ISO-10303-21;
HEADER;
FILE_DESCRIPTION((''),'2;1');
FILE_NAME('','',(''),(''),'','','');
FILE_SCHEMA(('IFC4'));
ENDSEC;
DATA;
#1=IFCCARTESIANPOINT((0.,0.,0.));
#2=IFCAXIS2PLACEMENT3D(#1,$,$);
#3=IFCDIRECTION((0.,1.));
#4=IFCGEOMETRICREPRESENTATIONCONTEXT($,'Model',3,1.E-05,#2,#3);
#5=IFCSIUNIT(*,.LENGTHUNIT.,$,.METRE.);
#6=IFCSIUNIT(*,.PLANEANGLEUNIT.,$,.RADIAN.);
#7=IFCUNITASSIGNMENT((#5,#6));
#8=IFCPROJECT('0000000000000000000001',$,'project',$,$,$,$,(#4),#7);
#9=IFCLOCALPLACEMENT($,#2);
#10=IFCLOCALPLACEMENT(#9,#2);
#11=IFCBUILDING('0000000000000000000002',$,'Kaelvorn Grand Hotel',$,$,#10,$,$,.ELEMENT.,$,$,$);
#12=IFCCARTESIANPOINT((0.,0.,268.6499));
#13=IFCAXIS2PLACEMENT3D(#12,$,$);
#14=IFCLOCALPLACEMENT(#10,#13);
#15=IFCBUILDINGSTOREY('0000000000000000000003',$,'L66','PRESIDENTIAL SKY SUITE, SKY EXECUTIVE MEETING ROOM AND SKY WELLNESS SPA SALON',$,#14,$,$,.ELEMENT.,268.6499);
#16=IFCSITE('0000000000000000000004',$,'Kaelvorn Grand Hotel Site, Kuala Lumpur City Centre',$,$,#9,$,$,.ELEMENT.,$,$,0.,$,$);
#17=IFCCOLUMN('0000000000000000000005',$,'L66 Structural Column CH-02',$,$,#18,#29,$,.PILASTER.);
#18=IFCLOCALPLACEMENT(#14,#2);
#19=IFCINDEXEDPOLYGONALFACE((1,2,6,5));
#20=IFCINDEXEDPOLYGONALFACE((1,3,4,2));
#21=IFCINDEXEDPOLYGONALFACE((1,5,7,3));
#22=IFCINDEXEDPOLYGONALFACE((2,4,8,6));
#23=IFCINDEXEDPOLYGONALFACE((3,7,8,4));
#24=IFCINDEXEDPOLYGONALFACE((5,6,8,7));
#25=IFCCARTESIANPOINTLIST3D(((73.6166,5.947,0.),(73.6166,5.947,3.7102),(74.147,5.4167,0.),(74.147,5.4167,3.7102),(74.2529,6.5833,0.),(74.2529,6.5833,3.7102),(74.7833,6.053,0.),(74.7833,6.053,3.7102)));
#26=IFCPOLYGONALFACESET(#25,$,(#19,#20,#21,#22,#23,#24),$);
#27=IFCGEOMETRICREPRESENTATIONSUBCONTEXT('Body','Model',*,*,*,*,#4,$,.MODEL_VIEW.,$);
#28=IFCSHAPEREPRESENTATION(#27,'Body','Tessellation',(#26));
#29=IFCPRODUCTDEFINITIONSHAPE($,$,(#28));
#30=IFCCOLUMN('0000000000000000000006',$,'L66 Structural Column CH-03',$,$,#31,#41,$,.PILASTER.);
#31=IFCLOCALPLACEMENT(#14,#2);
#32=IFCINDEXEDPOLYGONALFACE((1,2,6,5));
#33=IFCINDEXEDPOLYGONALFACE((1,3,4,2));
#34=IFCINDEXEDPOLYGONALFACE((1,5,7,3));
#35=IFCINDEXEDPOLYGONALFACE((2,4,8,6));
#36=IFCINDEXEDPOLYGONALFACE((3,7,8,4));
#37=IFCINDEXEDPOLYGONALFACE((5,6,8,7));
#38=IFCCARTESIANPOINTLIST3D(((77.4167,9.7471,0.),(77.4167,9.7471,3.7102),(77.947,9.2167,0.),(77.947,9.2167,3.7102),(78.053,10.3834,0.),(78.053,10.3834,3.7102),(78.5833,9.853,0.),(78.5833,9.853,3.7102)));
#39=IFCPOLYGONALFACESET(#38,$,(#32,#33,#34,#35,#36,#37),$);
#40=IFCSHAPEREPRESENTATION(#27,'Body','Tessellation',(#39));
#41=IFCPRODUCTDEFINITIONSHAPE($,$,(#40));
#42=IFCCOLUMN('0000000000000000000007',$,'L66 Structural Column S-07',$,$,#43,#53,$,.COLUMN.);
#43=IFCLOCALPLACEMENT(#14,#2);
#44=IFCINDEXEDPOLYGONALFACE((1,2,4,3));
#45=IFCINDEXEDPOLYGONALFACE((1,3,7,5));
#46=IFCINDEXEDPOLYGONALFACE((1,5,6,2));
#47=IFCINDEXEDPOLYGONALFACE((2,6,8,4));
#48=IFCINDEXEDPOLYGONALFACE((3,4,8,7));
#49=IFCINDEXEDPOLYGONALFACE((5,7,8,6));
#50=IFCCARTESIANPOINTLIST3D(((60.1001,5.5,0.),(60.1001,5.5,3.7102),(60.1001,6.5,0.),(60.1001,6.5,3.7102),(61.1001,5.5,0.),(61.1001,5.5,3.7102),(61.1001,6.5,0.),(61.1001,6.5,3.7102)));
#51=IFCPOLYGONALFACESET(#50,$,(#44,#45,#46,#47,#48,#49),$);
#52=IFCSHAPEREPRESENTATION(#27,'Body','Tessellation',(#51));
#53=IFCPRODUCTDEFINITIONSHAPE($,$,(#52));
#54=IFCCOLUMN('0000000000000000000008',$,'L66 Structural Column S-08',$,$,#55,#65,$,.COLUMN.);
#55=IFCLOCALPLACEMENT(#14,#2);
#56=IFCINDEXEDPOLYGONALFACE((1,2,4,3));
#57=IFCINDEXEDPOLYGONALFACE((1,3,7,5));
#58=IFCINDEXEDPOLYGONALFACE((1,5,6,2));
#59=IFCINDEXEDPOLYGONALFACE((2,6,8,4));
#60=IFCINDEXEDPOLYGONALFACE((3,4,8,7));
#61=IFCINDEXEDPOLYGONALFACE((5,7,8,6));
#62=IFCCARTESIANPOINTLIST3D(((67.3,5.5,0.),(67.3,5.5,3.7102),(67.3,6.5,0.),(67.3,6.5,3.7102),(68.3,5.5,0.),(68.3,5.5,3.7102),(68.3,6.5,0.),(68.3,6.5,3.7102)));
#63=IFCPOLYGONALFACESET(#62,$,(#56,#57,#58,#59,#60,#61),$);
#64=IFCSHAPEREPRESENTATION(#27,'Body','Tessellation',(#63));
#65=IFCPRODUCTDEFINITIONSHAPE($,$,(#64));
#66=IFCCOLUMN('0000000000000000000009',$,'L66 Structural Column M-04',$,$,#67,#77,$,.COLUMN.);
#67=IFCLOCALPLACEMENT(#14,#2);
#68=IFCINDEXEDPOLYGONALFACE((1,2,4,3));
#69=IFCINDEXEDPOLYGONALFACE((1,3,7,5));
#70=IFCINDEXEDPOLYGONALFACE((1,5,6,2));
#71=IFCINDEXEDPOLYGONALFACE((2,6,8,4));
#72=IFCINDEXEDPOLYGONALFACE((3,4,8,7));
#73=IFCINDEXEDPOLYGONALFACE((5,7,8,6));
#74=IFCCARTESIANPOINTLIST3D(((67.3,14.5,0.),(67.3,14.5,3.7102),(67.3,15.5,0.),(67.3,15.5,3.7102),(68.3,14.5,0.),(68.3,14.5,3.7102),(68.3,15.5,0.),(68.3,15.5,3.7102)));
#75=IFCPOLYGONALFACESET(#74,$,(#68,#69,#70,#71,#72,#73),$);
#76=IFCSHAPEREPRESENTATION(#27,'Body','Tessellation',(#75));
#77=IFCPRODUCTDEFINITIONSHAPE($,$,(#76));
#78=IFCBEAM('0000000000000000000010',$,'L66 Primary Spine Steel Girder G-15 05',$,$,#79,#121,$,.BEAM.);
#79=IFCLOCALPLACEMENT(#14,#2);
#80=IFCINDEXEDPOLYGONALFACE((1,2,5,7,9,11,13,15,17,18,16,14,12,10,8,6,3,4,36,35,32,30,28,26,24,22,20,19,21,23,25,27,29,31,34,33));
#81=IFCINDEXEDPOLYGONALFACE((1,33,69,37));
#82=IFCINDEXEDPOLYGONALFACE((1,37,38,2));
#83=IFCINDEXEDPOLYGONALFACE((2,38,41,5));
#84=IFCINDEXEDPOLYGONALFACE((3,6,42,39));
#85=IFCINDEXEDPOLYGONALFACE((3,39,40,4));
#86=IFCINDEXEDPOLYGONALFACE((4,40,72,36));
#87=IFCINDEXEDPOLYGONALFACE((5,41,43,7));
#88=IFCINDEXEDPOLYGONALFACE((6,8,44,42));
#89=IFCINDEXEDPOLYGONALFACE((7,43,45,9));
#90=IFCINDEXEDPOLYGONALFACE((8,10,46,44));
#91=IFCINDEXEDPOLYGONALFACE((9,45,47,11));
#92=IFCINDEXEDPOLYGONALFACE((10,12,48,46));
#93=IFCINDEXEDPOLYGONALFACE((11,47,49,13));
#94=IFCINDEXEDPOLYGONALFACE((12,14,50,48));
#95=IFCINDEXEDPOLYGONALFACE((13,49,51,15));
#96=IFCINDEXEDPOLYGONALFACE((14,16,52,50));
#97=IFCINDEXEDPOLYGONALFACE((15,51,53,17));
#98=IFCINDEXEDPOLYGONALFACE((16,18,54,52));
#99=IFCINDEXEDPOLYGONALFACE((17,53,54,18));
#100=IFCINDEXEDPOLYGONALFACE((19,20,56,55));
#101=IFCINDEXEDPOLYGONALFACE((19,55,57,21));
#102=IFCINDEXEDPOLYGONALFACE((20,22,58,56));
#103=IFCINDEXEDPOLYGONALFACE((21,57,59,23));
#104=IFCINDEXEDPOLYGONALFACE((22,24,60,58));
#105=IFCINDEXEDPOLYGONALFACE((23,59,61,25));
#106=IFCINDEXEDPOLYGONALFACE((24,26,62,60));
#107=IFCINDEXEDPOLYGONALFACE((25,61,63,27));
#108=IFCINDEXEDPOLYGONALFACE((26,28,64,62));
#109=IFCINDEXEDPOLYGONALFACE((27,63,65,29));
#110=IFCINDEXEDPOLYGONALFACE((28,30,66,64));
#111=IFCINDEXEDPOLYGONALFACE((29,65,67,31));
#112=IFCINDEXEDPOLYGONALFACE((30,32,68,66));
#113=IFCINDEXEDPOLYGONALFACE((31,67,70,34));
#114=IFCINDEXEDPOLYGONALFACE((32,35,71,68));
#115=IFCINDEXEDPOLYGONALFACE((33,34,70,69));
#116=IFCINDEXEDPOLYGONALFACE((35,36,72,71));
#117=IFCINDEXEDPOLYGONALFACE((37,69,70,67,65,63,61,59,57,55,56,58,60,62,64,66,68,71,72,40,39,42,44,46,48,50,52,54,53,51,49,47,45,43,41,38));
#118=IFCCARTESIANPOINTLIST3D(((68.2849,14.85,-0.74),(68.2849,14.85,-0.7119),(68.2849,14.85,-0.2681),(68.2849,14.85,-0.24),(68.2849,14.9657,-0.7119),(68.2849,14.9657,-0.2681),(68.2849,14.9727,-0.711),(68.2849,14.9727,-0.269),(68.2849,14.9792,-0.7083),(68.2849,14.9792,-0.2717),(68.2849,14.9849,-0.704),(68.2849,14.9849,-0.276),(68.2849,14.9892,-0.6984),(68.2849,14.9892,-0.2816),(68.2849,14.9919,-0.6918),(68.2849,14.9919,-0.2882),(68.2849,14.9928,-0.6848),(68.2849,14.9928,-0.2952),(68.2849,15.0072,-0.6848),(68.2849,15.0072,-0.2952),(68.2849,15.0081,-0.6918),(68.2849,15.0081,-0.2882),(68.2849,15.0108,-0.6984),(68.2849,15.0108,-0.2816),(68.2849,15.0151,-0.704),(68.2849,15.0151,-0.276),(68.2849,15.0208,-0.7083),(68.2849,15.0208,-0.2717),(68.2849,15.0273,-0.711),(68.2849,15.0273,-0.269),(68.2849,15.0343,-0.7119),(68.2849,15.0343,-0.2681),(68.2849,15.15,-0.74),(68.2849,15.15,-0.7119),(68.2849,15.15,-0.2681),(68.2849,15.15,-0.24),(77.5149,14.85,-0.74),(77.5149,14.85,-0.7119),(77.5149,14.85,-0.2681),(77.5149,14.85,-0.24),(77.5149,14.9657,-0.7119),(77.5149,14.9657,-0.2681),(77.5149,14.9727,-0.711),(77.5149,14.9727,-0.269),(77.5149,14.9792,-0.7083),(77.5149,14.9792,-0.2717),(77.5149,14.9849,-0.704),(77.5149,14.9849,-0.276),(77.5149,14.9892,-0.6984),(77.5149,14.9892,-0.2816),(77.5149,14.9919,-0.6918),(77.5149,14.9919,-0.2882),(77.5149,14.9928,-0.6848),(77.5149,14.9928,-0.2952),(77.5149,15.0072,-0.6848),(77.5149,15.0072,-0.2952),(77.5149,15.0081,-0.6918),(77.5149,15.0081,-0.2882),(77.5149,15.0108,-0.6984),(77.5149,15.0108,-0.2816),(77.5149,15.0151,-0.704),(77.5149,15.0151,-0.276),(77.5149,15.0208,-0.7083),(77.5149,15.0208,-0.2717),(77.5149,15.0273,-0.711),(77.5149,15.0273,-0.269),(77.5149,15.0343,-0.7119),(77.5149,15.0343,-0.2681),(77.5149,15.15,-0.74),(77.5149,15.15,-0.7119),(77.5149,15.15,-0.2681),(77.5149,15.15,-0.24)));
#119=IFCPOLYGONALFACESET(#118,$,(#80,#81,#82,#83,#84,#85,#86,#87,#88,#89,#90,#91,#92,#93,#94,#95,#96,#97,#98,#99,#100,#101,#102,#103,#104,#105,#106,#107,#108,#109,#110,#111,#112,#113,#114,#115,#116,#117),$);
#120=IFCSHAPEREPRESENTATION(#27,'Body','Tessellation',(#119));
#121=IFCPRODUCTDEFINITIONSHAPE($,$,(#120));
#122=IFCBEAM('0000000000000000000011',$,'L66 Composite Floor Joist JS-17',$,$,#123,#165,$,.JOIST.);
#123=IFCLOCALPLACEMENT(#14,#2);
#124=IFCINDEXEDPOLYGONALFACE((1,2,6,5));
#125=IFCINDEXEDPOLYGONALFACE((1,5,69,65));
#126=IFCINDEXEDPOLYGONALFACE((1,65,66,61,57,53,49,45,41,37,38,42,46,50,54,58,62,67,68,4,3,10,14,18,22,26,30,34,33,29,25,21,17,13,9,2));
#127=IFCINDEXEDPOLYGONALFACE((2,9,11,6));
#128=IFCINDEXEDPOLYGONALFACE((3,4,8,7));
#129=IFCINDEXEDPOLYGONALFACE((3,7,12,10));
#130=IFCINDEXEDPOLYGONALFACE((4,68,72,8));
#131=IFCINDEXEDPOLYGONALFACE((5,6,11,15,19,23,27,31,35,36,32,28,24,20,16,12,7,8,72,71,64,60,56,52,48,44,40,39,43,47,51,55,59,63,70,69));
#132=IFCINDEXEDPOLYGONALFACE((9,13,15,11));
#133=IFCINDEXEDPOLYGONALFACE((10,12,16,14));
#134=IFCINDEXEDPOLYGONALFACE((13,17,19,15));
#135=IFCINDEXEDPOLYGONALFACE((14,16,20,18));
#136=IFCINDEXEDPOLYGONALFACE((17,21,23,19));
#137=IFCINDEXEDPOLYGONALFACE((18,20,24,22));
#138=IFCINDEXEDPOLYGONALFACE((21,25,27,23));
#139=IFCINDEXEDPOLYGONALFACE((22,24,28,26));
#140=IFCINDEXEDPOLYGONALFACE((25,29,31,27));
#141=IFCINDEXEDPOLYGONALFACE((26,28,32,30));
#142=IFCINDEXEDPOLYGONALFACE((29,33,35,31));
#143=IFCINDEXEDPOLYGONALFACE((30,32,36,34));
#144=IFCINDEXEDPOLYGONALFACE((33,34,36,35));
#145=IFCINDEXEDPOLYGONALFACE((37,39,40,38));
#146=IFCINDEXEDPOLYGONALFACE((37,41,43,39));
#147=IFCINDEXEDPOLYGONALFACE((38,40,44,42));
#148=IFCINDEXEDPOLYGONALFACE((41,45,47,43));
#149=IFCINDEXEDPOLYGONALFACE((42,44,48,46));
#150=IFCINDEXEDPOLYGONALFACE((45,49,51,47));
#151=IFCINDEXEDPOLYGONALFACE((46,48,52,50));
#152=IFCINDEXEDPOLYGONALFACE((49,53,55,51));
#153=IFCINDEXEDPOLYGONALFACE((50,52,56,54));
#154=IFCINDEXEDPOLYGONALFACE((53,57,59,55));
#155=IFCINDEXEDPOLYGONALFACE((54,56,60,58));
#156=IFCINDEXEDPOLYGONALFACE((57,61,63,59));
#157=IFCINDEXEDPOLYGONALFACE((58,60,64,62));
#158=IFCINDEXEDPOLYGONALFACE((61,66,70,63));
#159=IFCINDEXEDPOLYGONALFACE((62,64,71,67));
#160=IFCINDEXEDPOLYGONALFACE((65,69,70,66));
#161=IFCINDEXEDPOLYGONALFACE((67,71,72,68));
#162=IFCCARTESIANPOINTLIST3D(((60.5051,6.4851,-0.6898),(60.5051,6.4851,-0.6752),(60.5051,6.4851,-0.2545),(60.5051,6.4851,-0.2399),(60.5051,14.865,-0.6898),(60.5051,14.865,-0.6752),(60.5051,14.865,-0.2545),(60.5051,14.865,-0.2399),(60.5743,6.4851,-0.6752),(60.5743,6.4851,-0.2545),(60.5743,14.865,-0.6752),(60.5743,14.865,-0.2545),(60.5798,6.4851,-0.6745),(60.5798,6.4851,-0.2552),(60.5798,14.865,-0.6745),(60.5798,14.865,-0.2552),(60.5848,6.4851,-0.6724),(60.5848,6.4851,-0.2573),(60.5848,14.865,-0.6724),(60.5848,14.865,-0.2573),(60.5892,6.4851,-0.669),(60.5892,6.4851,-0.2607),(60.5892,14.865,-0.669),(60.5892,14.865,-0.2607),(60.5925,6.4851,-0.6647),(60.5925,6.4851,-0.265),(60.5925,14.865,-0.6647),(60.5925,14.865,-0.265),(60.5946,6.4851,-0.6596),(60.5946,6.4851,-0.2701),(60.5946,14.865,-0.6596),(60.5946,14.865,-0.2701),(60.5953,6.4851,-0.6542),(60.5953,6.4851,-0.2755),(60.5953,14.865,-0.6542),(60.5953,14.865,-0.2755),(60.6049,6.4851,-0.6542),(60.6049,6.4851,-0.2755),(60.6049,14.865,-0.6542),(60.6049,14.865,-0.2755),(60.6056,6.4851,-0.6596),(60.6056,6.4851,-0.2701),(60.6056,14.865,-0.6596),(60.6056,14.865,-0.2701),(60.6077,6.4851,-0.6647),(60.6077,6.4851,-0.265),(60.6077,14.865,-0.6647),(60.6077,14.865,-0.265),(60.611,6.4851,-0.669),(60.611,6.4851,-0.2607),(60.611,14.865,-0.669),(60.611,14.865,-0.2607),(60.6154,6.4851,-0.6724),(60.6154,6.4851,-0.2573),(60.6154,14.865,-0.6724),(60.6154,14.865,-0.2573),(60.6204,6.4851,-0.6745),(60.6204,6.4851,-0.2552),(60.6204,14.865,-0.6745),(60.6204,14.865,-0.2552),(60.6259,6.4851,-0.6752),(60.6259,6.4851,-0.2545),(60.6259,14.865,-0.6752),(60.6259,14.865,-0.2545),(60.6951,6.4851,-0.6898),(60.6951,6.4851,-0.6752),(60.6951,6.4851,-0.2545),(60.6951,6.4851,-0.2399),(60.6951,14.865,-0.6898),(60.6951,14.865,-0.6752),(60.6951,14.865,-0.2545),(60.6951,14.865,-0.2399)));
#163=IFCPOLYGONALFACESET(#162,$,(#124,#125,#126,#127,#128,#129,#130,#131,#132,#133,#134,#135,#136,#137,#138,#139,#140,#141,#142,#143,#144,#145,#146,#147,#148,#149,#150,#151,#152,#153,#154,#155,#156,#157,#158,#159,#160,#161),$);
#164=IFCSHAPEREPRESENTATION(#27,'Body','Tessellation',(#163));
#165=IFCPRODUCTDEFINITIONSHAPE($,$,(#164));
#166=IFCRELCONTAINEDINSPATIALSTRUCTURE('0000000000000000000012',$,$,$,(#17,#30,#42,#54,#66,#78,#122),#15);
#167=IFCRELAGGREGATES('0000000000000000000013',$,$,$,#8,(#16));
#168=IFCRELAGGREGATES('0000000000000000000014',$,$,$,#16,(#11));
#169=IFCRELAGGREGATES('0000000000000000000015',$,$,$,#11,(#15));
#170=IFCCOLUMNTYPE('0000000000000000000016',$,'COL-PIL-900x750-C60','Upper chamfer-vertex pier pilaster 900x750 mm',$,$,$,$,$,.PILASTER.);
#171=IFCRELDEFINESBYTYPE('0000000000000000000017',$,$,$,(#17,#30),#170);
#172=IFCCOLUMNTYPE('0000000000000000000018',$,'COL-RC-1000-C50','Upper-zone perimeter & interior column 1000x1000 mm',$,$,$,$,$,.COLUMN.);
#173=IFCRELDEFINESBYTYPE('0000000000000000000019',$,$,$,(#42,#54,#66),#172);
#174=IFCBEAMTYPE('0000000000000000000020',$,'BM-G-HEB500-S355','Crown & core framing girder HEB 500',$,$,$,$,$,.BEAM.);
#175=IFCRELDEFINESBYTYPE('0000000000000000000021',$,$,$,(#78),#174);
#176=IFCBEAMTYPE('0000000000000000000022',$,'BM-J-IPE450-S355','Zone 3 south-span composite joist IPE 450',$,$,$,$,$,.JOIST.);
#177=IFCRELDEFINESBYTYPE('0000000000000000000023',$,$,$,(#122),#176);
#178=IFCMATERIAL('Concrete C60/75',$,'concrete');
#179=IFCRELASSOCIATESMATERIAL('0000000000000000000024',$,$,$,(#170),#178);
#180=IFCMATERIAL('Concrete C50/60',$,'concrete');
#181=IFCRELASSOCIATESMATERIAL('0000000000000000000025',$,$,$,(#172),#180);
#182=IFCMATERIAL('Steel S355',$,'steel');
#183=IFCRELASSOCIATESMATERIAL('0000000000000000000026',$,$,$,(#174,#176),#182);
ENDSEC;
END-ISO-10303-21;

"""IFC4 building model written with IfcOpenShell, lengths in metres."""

from ifc_helpers import new_model, si_unit, direction, frame, origin, origin_2d, place, context, subcontext, project, spatial, rectangle, i_section, extrude, material, material_profile, profile_set, type_object, element, save


model = new_model("IFC4")

# Units and contexts
model_context = context("Model", 3, precision=1e-05, world=origin(), true_north=direction((0.0, 1.0)))
body_context = subcontext(model_context, "Body", "Model", "MODEL_VIEW")
ifc_project = project(units=[si_unit("LENGTHUNIT", "METRE"), si_unit("PLANEANGLEUNIT", "RADIAN")], contexts=[model_context])

# Site, building, storey
site_placement = place(None, origin())
site = spatial("IfcSite", under=ifc_project, at=site_placement, Name="Kaelvorn Grand Hotel Site, Kuala Lumpur City Centre", CompositionType="ELEMENT", RefElevation=0.0)
building_placement = place(site_placement, origin())
building = spatial("IfcBuilding", under=site, at=building_placement, Name="Kaelvorn Grand Hotel", CompositionType="ELEMENT")
storey_placement = place(building_placement, frame((0.0, 0.0, 268.6499)))
storey = spatial("IfcBuildingStorey", under=building, at=storey_placement, Name="L66", Description="PRESIDENTIAL SKY SUITE, SKY EXECUTIVE MEETING ROOM AND SKY WELLNESS SPA SALON", CompositionType="ELEMENT", Elevation=268.6499)

# Columns
ifc_material_1 = material(Name="Concrete C60/75", Category="concrete")
ifc_material_profile_1 = material_profile(ifc_material_1, rectangle(XDim=0.8999, YDim=0.75, at=origin_2d()), Name="RC PILASTER 900x750")
ifc_profile_set_1 = profile_set([ifc_material_profile_1], Name="Concrete C60/75")
column_type_1 = type_object("IfcColumnType", Name="COL-PIL-900x750-C60", Description="Upper chamfer-vertex pier pilaster 900x750 mm", PredefinedType="PILASTER", material=ifc_profile_set_1)
for number, where, z_axis, x_axis, name in (
    (1, (74.2, 6.0, 0.0), (0.0, 0.0, 1.0), (0.707107, 0.707107, 0.0), "L66 Structural Column CH-02"),
    (2, (78.0, 9.8, 0.0), (0.0, 0.0, 1.0), (0.707107, 0.707107, 0.0), "L66 Structural Column CH-03"),
):
    element("IfcColumn", number, at=place(storey_placement, frame(where, z_axis=z_axis, x_axis=x_axis)), inside=storey, type_object=column_type_1, Name=name, PredefinedType="PILASTER", context=body_context, shape_type="SweptSolid", body=[
        extrude(rectangle(XDim=0.8999, YDim=0.75, at=origin_2d()), origin(), (0.0, 0.0, 1.0), 3.7102),
    ])
ifc_material_2 = material(Name="Concrete C50/60", Category="concrete")
ifc_material_profile_2 = material_profile(ifc_material_2, rectangle(XDim=1.0, YDim=1.0, at=origin_2d()), Name="RC COL 1000x1000")
ifc_profile_set_2 = profile_set([ifc_material_profile_2], Name="Concrete C50/60")
column_type_2 = type_object("IfcColumnType", Name="COL-RC-1000-C50", Description="Upper-zone perimeter & interior column 1000x1000 mm", PredefinedType="COLUMN", material=ifc_profile_set_2)
for number, where, z_axis, x_axis, name in (
    (3, (60.6001, 6.0, 0.0), (0.0, 0.0, 1.0), (1.0, 0.0, 0.0), "L66 Structural Column S-07"),
    (4, (67.8, 6.0, 0.0), (0.0, 0.0, 1.0), (1.0, 0.0, 0.0), "L66 Structural Column S-08"),
    (5, (67.8, 15.0, 0.0), (0.0, 0.0, 1.0), (1.0, 0.0, 0.0), "L66 Structural Column M-04"),
):
    element("IfcColumn", number, at=place(storey_placement, frame(where, z_axis=z_axis, x_axis=x_axis)), inside=storey, type_object=column_type_2, Name=name, PredefinedType="COLUMN", context=body_context, shape_type="SweptSolid", body=[
        extrude(rectangle(XDim=1.0, YDim=1.0, at=origin_2d()), origin(), (0.0, 0.0, 1.0), 3.7102),
    ])

# Beams
ifc_material_3 = material(Name="Steel S355", Category="steel")
ifc_material_profile_3 = material_profile(ifc_material_3, i_section(OverallWidth=0.3, OverallDepth=0.5, WebThickness=0.0144, FlangeThickness=0.0281, FilletRadius=0.0271, at=origin_2d()), Name="HEB 500")
ifc_profile_set_3 = profile_set([ifc_material_profile_3], Name="Steel S355")
beam_type_1 = type_object("IfcBeamType", Name="BM-G-HEB500-S355", Description="Crown & core framing girder HEB 500", PredefinedType="BEAM", material=ifc_profile_set_3)
beam_1_placement = place(storey_placement, frame((68.2849, 15.0, -0.49), z_axis=(1.0, 0.0, 0.0), x_axis=(0.0, 1.0, 0.0)))
element("IfcBeam", 6, at=beam_1_placement, inside=storey, type_object=beam_type_1, Name="L66 Primary Spine Steel Girder G-15 05", PredefinedType="BEAM", context=body_context, shape_type="SweptSolid", body=[
    extrude(i_section(OverallWidth=0.3, OverallDepth=0.5, WebThickness=0.0144, FlangeThickness=0.0281, FilletRadius=0.0271, at=origin_2d()), origin(), (0.0, 0.0, 1.0), 9.23),
])
ifc_material_profile_4 = material_profile(ifc_material_3, i_section(OverallWidth=0.1899, OverallDepth=0.45, WebThickness=0.0095, FlangeThickness=0.0146, FilletRadius=0.021, at=origin_2d()), Name="IPE 450")
ifc_profile_set_4 = profile_set([ifc_material_profile_4], Name="Steel S355")
beam_type_2 = type_object("IfcBeamType", Name="BM-J-IPE450-S355", Description="Zone 3 south-span composite joist IPE 450", PredefinedType="JOIST", material=ifc_profile_set_4)
beam_2_placement = place(storey_placement, frame((60.6001, 6.4851, -0.4648), z_axis=(0.0, 1.0, 0.0), x_axis=(-1.0, 0.0, 0.0)))
element("IfcBeam", 7, at=beam_2_placement, inside=storey, type_object=beam_type_2, Name="L66 Composite Floor Joist JS-17", PredefinedType="JOIST", context=body_context, shape_type="SweptSolid", body=[
    extrude(i_section(OverallWidth=0.1899, OverallDepth=0.45, WebThickness=0.0095, FlangeThickness=0.0146, FilletRadius=0.021, at=origin_2d()), origin(), (0.0, 0.0, 1.0), 8.3799),
])

save(model, "model.ifc")
